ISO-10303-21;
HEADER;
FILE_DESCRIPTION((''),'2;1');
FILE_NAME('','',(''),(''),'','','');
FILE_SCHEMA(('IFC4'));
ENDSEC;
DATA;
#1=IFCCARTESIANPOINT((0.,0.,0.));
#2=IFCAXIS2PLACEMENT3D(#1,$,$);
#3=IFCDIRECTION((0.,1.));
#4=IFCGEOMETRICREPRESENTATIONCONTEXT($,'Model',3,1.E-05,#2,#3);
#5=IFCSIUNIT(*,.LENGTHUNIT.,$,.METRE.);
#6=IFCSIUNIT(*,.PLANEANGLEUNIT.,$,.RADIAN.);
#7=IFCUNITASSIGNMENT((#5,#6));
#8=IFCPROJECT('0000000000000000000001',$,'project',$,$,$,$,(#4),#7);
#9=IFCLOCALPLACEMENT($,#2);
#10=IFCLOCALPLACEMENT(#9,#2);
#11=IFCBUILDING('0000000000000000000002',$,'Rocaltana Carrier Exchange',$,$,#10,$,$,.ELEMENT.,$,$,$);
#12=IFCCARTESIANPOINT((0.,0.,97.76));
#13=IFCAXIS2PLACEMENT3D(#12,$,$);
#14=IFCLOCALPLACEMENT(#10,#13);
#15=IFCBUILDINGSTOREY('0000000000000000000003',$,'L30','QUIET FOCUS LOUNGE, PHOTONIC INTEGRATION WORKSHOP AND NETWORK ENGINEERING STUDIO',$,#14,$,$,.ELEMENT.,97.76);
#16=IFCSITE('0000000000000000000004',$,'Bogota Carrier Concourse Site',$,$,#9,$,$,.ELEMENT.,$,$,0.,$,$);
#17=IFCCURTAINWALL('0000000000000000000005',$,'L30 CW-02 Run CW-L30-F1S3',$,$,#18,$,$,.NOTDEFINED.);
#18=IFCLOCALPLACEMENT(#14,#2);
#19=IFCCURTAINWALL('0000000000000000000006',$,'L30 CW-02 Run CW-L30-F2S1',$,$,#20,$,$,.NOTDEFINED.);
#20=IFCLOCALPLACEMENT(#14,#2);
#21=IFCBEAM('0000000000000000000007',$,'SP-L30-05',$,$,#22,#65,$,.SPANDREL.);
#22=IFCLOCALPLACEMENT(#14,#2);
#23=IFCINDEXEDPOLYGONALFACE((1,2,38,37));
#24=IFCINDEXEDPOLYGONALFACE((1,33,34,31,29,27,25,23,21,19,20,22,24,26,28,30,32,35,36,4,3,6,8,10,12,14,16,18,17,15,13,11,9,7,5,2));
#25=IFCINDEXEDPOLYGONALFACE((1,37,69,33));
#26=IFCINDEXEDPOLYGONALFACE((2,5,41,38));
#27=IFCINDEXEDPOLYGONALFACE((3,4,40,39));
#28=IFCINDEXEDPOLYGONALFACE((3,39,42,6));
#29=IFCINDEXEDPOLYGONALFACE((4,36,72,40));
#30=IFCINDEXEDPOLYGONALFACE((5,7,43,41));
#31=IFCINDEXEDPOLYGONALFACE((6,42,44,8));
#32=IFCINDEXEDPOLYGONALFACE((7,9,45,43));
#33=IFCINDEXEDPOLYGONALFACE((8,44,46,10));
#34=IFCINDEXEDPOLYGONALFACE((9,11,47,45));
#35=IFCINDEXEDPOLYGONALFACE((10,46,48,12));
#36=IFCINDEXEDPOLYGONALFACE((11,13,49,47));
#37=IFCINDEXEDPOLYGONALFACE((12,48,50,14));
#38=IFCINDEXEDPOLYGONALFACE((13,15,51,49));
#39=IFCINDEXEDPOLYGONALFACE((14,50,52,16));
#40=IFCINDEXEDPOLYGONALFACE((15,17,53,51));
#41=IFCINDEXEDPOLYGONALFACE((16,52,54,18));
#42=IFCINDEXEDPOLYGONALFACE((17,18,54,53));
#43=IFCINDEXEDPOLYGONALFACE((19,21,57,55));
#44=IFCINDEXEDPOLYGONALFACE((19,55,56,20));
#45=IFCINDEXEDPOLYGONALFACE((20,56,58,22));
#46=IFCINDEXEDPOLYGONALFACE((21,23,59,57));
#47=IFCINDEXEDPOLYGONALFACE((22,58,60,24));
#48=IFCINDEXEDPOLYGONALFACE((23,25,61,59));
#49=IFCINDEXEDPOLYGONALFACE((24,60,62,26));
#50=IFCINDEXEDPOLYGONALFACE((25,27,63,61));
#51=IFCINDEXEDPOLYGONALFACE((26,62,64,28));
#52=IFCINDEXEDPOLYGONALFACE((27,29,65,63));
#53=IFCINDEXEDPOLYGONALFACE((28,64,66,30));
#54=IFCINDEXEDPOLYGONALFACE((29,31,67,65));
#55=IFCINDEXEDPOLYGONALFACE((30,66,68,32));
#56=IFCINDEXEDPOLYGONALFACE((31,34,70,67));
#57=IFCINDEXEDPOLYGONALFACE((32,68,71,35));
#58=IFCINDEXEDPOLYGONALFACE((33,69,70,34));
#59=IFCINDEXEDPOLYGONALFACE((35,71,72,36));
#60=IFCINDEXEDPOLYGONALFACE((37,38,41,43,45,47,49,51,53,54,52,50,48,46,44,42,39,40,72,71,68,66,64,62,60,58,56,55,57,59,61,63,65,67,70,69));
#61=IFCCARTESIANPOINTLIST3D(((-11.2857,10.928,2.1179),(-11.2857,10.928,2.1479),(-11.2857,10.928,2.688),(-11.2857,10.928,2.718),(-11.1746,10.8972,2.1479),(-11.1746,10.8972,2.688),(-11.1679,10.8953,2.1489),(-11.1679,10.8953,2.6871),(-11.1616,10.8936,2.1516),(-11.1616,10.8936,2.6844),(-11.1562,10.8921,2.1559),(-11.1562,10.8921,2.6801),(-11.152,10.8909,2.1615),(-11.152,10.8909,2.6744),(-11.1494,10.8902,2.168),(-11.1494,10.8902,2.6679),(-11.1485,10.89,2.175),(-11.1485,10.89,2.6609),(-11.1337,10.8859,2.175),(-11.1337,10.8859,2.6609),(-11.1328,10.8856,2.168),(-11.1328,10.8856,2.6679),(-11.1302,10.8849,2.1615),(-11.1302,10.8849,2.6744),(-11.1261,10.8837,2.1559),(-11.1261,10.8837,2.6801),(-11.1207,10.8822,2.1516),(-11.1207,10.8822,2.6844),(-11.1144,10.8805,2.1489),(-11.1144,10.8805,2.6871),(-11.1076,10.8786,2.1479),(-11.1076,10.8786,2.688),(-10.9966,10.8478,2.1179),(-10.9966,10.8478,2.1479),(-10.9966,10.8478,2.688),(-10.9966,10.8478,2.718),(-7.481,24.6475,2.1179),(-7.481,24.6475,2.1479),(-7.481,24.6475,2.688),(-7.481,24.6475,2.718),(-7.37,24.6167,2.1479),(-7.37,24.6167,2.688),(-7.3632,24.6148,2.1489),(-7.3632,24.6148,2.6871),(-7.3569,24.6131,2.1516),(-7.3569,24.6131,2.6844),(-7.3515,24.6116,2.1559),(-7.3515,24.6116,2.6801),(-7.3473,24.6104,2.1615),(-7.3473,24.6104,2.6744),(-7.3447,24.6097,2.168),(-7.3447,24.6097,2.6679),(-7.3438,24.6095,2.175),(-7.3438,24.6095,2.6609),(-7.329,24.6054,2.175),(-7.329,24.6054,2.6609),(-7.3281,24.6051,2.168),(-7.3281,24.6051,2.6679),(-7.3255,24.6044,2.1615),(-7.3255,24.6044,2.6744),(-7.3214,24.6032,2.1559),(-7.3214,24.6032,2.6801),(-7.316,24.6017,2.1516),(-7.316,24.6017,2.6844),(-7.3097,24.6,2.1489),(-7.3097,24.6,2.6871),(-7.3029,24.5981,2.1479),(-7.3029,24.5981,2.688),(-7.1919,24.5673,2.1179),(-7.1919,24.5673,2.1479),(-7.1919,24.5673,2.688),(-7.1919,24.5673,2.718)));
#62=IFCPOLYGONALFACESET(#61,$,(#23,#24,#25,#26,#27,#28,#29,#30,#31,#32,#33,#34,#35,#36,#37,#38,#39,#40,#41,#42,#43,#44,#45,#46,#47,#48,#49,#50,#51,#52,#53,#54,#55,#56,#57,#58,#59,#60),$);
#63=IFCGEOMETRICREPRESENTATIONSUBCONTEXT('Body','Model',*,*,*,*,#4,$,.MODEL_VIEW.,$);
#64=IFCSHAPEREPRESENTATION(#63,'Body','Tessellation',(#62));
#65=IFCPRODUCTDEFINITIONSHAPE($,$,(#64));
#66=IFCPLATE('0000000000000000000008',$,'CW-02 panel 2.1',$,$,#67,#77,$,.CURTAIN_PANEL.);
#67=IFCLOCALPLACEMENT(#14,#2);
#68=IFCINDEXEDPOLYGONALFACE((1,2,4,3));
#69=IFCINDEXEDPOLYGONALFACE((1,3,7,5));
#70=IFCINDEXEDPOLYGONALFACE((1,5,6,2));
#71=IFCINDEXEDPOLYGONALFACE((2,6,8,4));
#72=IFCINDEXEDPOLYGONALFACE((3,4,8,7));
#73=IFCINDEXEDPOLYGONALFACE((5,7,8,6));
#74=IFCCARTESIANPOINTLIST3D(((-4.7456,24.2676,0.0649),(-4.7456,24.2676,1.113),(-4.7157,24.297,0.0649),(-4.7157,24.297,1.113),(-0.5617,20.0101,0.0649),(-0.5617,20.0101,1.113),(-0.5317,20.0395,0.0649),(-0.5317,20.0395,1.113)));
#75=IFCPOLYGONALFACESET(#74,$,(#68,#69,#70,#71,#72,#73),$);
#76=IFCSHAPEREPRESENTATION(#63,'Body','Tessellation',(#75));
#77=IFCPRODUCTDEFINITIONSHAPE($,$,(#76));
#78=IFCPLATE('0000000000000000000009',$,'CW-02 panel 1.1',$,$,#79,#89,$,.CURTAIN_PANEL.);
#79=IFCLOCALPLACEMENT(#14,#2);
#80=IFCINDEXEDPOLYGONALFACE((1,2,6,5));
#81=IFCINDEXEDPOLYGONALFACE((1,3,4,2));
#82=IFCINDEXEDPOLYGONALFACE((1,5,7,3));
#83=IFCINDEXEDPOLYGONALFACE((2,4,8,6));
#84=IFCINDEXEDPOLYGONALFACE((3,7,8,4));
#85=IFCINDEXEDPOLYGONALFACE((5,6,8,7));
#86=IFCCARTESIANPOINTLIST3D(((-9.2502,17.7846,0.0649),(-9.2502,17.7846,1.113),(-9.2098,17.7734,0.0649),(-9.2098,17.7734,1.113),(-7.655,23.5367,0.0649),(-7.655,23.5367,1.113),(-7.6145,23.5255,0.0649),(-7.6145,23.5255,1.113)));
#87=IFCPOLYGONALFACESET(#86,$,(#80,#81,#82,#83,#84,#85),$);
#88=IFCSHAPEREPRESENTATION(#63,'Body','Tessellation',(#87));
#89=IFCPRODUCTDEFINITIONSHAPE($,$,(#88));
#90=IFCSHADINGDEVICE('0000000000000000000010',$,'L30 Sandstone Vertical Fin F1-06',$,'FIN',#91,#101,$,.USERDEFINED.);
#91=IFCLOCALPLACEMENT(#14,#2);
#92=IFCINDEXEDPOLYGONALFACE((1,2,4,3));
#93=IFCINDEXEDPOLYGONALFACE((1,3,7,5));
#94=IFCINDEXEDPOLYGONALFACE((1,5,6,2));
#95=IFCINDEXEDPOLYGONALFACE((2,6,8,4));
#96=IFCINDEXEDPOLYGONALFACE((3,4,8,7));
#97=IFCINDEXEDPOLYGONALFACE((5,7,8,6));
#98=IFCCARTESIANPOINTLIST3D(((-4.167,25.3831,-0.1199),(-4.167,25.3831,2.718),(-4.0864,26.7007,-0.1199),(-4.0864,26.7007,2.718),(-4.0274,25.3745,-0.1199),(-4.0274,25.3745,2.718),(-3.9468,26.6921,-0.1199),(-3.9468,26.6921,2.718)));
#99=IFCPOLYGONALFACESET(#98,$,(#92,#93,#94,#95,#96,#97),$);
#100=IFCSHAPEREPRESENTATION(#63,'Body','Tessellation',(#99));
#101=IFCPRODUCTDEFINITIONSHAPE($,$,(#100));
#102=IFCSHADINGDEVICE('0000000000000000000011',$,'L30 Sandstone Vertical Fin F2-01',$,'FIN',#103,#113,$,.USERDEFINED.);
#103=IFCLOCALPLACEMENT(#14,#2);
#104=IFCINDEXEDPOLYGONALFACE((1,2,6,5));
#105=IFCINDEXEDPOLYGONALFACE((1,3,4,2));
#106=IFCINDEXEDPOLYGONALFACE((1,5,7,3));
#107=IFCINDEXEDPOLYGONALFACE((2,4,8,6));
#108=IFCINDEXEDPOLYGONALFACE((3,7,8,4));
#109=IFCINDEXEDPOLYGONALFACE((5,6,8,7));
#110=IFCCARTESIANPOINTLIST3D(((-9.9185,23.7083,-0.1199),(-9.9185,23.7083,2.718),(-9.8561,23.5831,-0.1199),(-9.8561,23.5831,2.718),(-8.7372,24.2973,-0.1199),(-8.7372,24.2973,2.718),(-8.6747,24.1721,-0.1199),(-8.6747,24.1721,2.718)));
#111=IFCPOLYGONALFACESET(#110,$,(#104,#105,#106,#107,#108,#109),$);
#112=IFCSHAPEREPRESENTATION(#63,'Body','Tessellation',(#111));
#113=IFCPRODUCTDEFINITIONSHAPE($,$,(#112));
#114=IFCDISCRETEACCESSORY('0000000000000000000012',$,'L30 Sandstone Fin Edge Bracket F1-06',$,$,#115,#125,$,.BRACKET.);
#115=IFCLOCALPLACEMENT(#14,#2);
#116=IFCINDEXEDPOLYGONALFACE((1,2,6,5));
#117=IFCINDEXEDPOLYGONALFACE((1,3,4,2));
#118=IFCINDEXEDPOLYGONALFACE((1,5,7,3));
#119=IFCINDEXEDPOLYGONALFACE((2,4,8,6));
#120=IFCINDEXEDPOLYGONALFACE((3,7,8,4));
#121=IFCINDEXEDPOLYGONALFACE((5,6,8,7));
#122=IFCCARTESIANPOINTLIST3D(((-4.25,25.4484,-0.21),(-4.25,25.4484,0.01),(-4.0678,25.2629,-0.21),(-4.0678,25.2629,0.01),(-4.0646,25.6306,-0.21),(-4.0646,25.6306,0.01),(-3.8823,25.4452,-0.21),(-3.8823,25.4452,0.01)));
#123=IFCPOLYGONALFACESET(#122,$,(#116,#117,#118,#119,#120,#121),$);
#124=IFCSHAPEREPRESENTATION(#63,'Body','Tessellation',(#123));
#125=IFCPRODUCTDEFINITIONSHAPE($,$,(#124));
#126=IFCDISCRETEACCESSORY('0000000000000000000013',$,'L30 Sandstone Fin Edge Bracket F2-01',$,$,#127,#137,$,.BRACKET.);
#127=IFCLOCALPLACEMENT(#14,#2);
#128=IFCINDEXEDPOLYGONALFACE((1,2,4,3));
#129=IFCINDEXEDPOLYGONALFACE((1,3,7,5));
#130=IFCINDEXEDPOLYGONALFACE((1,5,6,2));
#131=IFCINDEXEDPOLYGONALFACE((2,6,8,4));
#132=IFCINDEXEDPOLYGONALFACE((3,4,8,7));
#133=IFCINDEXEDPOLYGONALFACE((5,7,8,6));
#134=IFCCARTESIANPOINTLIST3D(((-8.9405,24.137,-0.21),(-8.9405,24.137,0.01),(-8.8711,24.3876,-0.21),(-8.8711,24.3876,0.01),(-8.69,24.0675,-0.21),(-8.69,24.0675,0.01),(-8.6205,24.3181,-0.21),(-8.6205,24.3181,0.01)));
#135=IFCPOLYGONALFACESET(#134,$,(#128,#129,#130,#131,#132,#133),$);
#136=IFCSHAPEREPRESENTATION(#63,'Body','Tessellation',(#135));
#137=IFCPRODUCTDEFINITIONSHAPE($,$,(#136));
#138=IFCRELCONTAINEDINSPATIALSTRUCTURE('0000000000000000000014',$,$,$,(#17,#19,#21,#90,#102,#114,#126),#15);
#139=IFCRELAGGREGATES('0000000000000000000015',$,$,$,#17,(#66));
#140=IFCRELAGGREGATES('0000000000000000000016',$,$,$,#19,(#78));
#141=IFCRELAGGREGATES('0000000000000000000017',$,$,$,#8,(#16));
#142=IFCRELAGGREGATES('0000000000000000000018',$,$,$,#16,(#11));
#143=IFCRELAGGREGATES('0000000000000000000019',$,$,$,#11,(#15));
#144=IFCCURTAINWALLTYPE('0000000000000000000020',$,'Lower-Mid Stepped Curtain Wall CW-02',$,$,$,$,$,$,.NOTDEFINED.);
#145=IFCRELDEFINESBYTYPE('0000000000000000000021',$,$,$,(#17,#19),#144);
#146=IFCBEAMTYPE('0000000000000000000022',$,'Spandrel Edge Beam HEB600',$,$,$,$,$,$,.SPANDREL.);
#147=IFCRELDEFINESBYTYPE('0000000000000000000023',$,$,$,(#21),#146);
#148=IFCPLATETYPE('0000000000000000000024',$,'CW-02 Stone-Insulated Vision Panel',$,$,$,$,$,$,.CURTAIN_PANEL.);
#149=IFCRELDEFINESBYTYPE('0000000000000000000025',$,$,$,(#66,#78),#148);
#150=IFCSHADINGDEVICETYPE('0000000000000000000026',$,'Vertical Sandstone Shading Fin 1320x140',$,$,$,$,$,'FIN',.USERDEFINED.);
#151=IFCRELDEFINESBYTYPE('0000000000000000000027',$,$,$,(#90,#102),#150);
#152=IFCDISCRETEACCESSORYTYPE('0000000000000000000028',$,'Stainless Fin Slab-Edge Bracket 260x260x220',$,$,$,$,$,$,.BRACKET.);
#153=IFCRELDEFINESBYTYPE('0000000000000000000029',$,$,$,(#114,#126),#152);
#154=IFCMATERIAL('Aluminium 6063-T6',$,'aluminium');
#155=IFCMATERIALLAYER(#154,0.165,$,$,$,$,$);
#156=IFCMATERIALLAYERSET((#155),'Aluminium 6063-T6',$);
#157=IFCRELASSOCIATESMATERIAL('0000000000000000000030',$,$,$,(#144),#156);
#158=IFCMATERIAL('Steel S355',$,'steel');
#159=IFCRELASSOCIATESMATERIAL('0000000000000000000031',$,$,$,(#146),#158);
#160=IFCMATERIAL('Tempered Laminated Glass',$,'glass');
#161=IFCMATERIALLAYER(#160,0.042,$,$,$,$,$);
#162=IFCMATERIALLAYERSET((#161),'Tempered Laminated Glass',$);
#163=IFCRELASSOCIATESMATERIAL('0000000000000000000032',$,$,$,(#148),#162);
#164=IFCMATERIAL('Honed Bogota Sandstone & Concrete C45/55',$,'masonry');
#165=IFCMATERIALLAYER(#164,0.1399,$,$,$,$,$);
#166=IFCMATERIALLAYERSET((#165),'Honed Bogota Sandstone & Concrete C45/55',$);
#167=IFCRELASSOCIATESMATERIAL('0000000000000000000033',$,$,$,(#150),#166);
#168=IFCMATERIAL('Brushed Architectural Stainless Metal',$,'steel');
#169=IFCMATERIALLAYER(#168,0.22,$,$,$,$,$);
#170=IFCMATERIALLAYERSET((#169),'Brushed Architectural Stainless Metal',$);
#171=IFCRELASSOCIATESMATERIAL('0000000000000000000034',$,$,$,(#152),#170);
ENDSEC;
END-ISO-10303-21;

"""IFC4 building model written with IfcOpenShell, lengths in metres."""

from ifc_helpers import new_model, si_unit, direction, frame, origin, origin_2d, place, context, subcontext, project, spatial, rectangle, i_section, extrude, material, layer, layer_set, material_profile, profile_set, type_object, element, aggregate, save


model = new_model("IFC4")

# Units and contexts
model_context = context("Model", 3, precision=1e-05, world=origin(), true_north=direction((0.0, 1.0)))
body_context = subcontext(model_context, "Body", "Model", "MODEL_VIEW")
ifc_project = project(units=[si_unit("LENGTHUNIT", "METRE"), si_unit("PLANEANGLEUNIT", "RADIAN")], contexts=[model_context])

# Site, building, storey
site_placement = place(None, origin())
site = spatial("IfcSite", under=ifc_project, at=site_placement, Name="Bogota Carrier Concourse Site", CompositionType="ELEMENT", RefElevation=0.0)
building_placement = place(site_placement, origin())
building = spatial("IfcBuilding", under=site, at=building_placement, Name="Rocaltana Carrier Exchange", CompositionType="ELEMENT")
storey_placement = place(building_placement, frame((0.0, 0.0, 97.76)))
storey = spatial("IfcBuildingStorey", under=building, at=storey_placement, Name="L30", Description="QUIET FOCUS LOUNGE, PHOTONIC INTEGRATION WORKSHOP AND NETWORK ENGINEERING STUDIO", CompositionType="ELEMENT", Elevation=97.76)

# Curtain wall
ifc_material_1 = material(Name="Aluminium 6063-T6", Category="aluminium")
ifc_layer_1 = layer(ifc_material_1, 0.165)
ifc_layer_set_1 = layer_set([ifc_layer_1], Name="Aluminium 6063-T6")
curtain_wall_type = type_object("IfcCurtainWallType", Name="Lower-Mid Stepped Curtain Wall CW-02", PredefinedType="NOTDEFINED", material=ifc_layer_set_1)
curtain_wall_1_placement = place(storey_placement, origin())
curtain_wall_1 = element("IfcCurtainWall", 1, at=curtain_wall_1_placement, inside=storey, type_object=curtain_wall_type, Name="L30 CW-02 Run CW-L30-F1S3", PredefinedType="NOTDEFINED")

# Curtain wall
curtain_wall_2_placement = place(storey_placement, origin())
curtain_wall_2 = element("IfcCurtainWall", 2, at=curtain_wall_2_placement, inside=storey, type_object=curtain_wall_type, Name="L30 CW-02 Run CW-L30-F2S1", PredefinedType="NOTDEFINED")

# Beam
ifc_material_2 = material(Name="Steel S355", Category="steel")
ifc_material_profile_1 = material_profile(ifc_material_2, i_section(OverallWidth=0.3, OverallDepth=0.6001, WebThickness=0.0154, FlangeThickness=0.03, FilletRadius=0.0271, at=origin_2d()), Name="HEB600")
ifc_profile_set_1 = profile_set([ifc_material_profile_1], Name="Steel S355")
beam_type_1 = type_object("IfcBeamType", Name="Spandrel Edge Beam HEB600", PredefinedType="SPANDREL", material=ifc_profile_set_1)
beam_1_placement = place(storey_placement, frame((-7.3364, 24.6074, 2.418), z_axis=(-0.267234, -0.963632, 0.0), x_axis=(0.963632, -0.267234, 0.0)))
element("IfcBeam", 3, at=beam_1_placement, inside=storey, type_object=beam_type_1, Name="SP-L30-05", PredefinedType="SPANDREL", context=body_context, shape_type="SweptSolid", body=[
    extrude(i_section(OverallWidth=0.3, OverallDepth=0.6001, WebThickness=0.0154, FlangeThickness=0.03, FilletRadius=0.0271, at=origin_2d()), origin(), (0.0, 0.0, 1.0), 14.2373),
])

# Plates
ifc_material_3 = material(Name="Tempered Laminated Glass", Category="glass")
ifc_layer_2 = layer(ifc_material_3, 0.042)
ifc_layer_set_2 = layer_set([ifc_layer_2], Name="Tempered Laminated Glass")
plate_type = type_object("IfcPlateType", Name="CW-02 Stone-Insulated Vision Panel", PredefinedType="CURTAIN_PANEL", material=ifc_layer_set_2)
plate_1_placement = place(storey_placement, frame((-2.6387, 22.1536, 0.0649), z_axis=(0.0, 0.0, 1.0), x_axis=(-0.700915, 0.713245, 0.0)))
plate_1 = element("IfcPlate", 4, at=plate_1_placement, type_object=plate_type, Name="CW-02 panel 2.1", PredefinedType="CURTAIN_PANEL", context=body_context, shape_type="SweptSolid", body=[
    extrude(rectangle(XDim=5.9692, YDim=0.042, at=origin_2d()), origin(), (0.0, 0.0, 1.0), 1.0481),
])
aggregate(curtain_wall_1, [plate_1])
plate_2_placement = place(storey_placement, frame((-8.4324, 20.655, 0.0649), z_axis=(0.0, 0.0, 1.0), x_axis=(-0.267246, -0.963628, 0.0)))
plate_2 = element("IfcPlate", 5, at=plate_2_placement, type_object=plate_type, Name="CW-02 panel 1.1", PredefinedType="CURTAIN_PANEL", context=body_context, shape_type="SweptSolid", body=[
    extrude(rectangle(XDim=5.9692, YDim=0.042, at=origin_2d()), origin(), (0.0, 0.0, 1.0), 1.0481),
])
aggregate(curtain_wall_2, [plate_2])

# Shading devices
ifc_material_4 = material(Name="Honed Bogota Sandstone & Concrete C45/55", Category="masonry")
ifc_layer_3 = layer(ifc_material_4, 0.1399)
ifc_layer_set_3 = layer_set([ifc_layer_3], Name="Honed Bogota Sandstone & Concrete C45/55")
shading_device_type = type_object("IfcShadingDeviceType", Name="Vertical Sandstone Shading Fin 1320x140", ElementType="FIN", PredefinedType="USERDEFINED", material=ifc_layer_set_3)
for number, where, z_axis, x_axis, name in (
    (6, (-4.0569, 26.0376, -0.1199), (0.0, 0.0, 1.0), (0.061049, 0.998135, 0.0), "L30 Sandstone Vertical Fin F1-06"),
    (7, (-9.2966, 23.9402, -0.1199), (0.0, 0.0, 1.0), (-0.894934, -0.446198, 0.0), "L30 Sandstone Vertical Fin F2-01"),
):
    element("IfcShadingDevice", number, at=place(storey_placement, frame(where, z_axis=z_axis, x_axis=x_axis)), inside=storey, type_object=shading_device_type, Name=name, ObjectType="FIN", PredefinedType="USERDEFINED", context=body_context, shape_type="SweptSolid", body=[
        extrude(rectangle(XDim=1.3201, YDim=0.1399, at=origin_2d()), origin(), (0.0, 0.0, 1.0), 2.8379),
    ])

# Discrete accessories
ifc_material_5 = material(Name="Brushed Architectural Stainless Metal", Category="steel")
ifc_layer_4 = layer(ifc_material_5, 0.22)
ifc_layer_set_4 = layer_set([ifc_layer_4], Name="Brushed Architectural Stainless Metal")
discrete_accessory_type = type_object("IfcDiscreteAccessoryType", Name="Stainless Fin Slab-Edge Bracket 260x260x220", PredefinedType="BRACKET", material=ifc_layer_set_4)
for number, where, z_axis, x_axis, name in (
    (8, (-4.0662, 25.4468, -0.21), (0.0, 0.0, 1.0), (-0.700909, 0.71325, 0.0), "L30 Sandstone Fin Edge Bracket F1-06"),
    (9, (-8.7805, 24.2275, -0.21), (0.0, 0.0, 1.0), (-0.267238, -0.96363, 0.0), "L30 Sandstone Fin Edge Bracket F2-01"),
):
    element("IfcDiscreteAccessory", number, at=place(storey_placement, frame(where, z_axis=z_axis, x_axis=x_axis)), inside=storey, type_object=discrete_accessory_type, Name=name, PredefinedType="BRACKET", context=body_context, shape_type="SweptSolid", body=[
        extrude(rectangle(XDim=0.26, YDim=0.26, at=origin_2d()), origin(), (0.0, 0.0, 1.0), 0.22),
    ])

save(model, "model.ifc")
